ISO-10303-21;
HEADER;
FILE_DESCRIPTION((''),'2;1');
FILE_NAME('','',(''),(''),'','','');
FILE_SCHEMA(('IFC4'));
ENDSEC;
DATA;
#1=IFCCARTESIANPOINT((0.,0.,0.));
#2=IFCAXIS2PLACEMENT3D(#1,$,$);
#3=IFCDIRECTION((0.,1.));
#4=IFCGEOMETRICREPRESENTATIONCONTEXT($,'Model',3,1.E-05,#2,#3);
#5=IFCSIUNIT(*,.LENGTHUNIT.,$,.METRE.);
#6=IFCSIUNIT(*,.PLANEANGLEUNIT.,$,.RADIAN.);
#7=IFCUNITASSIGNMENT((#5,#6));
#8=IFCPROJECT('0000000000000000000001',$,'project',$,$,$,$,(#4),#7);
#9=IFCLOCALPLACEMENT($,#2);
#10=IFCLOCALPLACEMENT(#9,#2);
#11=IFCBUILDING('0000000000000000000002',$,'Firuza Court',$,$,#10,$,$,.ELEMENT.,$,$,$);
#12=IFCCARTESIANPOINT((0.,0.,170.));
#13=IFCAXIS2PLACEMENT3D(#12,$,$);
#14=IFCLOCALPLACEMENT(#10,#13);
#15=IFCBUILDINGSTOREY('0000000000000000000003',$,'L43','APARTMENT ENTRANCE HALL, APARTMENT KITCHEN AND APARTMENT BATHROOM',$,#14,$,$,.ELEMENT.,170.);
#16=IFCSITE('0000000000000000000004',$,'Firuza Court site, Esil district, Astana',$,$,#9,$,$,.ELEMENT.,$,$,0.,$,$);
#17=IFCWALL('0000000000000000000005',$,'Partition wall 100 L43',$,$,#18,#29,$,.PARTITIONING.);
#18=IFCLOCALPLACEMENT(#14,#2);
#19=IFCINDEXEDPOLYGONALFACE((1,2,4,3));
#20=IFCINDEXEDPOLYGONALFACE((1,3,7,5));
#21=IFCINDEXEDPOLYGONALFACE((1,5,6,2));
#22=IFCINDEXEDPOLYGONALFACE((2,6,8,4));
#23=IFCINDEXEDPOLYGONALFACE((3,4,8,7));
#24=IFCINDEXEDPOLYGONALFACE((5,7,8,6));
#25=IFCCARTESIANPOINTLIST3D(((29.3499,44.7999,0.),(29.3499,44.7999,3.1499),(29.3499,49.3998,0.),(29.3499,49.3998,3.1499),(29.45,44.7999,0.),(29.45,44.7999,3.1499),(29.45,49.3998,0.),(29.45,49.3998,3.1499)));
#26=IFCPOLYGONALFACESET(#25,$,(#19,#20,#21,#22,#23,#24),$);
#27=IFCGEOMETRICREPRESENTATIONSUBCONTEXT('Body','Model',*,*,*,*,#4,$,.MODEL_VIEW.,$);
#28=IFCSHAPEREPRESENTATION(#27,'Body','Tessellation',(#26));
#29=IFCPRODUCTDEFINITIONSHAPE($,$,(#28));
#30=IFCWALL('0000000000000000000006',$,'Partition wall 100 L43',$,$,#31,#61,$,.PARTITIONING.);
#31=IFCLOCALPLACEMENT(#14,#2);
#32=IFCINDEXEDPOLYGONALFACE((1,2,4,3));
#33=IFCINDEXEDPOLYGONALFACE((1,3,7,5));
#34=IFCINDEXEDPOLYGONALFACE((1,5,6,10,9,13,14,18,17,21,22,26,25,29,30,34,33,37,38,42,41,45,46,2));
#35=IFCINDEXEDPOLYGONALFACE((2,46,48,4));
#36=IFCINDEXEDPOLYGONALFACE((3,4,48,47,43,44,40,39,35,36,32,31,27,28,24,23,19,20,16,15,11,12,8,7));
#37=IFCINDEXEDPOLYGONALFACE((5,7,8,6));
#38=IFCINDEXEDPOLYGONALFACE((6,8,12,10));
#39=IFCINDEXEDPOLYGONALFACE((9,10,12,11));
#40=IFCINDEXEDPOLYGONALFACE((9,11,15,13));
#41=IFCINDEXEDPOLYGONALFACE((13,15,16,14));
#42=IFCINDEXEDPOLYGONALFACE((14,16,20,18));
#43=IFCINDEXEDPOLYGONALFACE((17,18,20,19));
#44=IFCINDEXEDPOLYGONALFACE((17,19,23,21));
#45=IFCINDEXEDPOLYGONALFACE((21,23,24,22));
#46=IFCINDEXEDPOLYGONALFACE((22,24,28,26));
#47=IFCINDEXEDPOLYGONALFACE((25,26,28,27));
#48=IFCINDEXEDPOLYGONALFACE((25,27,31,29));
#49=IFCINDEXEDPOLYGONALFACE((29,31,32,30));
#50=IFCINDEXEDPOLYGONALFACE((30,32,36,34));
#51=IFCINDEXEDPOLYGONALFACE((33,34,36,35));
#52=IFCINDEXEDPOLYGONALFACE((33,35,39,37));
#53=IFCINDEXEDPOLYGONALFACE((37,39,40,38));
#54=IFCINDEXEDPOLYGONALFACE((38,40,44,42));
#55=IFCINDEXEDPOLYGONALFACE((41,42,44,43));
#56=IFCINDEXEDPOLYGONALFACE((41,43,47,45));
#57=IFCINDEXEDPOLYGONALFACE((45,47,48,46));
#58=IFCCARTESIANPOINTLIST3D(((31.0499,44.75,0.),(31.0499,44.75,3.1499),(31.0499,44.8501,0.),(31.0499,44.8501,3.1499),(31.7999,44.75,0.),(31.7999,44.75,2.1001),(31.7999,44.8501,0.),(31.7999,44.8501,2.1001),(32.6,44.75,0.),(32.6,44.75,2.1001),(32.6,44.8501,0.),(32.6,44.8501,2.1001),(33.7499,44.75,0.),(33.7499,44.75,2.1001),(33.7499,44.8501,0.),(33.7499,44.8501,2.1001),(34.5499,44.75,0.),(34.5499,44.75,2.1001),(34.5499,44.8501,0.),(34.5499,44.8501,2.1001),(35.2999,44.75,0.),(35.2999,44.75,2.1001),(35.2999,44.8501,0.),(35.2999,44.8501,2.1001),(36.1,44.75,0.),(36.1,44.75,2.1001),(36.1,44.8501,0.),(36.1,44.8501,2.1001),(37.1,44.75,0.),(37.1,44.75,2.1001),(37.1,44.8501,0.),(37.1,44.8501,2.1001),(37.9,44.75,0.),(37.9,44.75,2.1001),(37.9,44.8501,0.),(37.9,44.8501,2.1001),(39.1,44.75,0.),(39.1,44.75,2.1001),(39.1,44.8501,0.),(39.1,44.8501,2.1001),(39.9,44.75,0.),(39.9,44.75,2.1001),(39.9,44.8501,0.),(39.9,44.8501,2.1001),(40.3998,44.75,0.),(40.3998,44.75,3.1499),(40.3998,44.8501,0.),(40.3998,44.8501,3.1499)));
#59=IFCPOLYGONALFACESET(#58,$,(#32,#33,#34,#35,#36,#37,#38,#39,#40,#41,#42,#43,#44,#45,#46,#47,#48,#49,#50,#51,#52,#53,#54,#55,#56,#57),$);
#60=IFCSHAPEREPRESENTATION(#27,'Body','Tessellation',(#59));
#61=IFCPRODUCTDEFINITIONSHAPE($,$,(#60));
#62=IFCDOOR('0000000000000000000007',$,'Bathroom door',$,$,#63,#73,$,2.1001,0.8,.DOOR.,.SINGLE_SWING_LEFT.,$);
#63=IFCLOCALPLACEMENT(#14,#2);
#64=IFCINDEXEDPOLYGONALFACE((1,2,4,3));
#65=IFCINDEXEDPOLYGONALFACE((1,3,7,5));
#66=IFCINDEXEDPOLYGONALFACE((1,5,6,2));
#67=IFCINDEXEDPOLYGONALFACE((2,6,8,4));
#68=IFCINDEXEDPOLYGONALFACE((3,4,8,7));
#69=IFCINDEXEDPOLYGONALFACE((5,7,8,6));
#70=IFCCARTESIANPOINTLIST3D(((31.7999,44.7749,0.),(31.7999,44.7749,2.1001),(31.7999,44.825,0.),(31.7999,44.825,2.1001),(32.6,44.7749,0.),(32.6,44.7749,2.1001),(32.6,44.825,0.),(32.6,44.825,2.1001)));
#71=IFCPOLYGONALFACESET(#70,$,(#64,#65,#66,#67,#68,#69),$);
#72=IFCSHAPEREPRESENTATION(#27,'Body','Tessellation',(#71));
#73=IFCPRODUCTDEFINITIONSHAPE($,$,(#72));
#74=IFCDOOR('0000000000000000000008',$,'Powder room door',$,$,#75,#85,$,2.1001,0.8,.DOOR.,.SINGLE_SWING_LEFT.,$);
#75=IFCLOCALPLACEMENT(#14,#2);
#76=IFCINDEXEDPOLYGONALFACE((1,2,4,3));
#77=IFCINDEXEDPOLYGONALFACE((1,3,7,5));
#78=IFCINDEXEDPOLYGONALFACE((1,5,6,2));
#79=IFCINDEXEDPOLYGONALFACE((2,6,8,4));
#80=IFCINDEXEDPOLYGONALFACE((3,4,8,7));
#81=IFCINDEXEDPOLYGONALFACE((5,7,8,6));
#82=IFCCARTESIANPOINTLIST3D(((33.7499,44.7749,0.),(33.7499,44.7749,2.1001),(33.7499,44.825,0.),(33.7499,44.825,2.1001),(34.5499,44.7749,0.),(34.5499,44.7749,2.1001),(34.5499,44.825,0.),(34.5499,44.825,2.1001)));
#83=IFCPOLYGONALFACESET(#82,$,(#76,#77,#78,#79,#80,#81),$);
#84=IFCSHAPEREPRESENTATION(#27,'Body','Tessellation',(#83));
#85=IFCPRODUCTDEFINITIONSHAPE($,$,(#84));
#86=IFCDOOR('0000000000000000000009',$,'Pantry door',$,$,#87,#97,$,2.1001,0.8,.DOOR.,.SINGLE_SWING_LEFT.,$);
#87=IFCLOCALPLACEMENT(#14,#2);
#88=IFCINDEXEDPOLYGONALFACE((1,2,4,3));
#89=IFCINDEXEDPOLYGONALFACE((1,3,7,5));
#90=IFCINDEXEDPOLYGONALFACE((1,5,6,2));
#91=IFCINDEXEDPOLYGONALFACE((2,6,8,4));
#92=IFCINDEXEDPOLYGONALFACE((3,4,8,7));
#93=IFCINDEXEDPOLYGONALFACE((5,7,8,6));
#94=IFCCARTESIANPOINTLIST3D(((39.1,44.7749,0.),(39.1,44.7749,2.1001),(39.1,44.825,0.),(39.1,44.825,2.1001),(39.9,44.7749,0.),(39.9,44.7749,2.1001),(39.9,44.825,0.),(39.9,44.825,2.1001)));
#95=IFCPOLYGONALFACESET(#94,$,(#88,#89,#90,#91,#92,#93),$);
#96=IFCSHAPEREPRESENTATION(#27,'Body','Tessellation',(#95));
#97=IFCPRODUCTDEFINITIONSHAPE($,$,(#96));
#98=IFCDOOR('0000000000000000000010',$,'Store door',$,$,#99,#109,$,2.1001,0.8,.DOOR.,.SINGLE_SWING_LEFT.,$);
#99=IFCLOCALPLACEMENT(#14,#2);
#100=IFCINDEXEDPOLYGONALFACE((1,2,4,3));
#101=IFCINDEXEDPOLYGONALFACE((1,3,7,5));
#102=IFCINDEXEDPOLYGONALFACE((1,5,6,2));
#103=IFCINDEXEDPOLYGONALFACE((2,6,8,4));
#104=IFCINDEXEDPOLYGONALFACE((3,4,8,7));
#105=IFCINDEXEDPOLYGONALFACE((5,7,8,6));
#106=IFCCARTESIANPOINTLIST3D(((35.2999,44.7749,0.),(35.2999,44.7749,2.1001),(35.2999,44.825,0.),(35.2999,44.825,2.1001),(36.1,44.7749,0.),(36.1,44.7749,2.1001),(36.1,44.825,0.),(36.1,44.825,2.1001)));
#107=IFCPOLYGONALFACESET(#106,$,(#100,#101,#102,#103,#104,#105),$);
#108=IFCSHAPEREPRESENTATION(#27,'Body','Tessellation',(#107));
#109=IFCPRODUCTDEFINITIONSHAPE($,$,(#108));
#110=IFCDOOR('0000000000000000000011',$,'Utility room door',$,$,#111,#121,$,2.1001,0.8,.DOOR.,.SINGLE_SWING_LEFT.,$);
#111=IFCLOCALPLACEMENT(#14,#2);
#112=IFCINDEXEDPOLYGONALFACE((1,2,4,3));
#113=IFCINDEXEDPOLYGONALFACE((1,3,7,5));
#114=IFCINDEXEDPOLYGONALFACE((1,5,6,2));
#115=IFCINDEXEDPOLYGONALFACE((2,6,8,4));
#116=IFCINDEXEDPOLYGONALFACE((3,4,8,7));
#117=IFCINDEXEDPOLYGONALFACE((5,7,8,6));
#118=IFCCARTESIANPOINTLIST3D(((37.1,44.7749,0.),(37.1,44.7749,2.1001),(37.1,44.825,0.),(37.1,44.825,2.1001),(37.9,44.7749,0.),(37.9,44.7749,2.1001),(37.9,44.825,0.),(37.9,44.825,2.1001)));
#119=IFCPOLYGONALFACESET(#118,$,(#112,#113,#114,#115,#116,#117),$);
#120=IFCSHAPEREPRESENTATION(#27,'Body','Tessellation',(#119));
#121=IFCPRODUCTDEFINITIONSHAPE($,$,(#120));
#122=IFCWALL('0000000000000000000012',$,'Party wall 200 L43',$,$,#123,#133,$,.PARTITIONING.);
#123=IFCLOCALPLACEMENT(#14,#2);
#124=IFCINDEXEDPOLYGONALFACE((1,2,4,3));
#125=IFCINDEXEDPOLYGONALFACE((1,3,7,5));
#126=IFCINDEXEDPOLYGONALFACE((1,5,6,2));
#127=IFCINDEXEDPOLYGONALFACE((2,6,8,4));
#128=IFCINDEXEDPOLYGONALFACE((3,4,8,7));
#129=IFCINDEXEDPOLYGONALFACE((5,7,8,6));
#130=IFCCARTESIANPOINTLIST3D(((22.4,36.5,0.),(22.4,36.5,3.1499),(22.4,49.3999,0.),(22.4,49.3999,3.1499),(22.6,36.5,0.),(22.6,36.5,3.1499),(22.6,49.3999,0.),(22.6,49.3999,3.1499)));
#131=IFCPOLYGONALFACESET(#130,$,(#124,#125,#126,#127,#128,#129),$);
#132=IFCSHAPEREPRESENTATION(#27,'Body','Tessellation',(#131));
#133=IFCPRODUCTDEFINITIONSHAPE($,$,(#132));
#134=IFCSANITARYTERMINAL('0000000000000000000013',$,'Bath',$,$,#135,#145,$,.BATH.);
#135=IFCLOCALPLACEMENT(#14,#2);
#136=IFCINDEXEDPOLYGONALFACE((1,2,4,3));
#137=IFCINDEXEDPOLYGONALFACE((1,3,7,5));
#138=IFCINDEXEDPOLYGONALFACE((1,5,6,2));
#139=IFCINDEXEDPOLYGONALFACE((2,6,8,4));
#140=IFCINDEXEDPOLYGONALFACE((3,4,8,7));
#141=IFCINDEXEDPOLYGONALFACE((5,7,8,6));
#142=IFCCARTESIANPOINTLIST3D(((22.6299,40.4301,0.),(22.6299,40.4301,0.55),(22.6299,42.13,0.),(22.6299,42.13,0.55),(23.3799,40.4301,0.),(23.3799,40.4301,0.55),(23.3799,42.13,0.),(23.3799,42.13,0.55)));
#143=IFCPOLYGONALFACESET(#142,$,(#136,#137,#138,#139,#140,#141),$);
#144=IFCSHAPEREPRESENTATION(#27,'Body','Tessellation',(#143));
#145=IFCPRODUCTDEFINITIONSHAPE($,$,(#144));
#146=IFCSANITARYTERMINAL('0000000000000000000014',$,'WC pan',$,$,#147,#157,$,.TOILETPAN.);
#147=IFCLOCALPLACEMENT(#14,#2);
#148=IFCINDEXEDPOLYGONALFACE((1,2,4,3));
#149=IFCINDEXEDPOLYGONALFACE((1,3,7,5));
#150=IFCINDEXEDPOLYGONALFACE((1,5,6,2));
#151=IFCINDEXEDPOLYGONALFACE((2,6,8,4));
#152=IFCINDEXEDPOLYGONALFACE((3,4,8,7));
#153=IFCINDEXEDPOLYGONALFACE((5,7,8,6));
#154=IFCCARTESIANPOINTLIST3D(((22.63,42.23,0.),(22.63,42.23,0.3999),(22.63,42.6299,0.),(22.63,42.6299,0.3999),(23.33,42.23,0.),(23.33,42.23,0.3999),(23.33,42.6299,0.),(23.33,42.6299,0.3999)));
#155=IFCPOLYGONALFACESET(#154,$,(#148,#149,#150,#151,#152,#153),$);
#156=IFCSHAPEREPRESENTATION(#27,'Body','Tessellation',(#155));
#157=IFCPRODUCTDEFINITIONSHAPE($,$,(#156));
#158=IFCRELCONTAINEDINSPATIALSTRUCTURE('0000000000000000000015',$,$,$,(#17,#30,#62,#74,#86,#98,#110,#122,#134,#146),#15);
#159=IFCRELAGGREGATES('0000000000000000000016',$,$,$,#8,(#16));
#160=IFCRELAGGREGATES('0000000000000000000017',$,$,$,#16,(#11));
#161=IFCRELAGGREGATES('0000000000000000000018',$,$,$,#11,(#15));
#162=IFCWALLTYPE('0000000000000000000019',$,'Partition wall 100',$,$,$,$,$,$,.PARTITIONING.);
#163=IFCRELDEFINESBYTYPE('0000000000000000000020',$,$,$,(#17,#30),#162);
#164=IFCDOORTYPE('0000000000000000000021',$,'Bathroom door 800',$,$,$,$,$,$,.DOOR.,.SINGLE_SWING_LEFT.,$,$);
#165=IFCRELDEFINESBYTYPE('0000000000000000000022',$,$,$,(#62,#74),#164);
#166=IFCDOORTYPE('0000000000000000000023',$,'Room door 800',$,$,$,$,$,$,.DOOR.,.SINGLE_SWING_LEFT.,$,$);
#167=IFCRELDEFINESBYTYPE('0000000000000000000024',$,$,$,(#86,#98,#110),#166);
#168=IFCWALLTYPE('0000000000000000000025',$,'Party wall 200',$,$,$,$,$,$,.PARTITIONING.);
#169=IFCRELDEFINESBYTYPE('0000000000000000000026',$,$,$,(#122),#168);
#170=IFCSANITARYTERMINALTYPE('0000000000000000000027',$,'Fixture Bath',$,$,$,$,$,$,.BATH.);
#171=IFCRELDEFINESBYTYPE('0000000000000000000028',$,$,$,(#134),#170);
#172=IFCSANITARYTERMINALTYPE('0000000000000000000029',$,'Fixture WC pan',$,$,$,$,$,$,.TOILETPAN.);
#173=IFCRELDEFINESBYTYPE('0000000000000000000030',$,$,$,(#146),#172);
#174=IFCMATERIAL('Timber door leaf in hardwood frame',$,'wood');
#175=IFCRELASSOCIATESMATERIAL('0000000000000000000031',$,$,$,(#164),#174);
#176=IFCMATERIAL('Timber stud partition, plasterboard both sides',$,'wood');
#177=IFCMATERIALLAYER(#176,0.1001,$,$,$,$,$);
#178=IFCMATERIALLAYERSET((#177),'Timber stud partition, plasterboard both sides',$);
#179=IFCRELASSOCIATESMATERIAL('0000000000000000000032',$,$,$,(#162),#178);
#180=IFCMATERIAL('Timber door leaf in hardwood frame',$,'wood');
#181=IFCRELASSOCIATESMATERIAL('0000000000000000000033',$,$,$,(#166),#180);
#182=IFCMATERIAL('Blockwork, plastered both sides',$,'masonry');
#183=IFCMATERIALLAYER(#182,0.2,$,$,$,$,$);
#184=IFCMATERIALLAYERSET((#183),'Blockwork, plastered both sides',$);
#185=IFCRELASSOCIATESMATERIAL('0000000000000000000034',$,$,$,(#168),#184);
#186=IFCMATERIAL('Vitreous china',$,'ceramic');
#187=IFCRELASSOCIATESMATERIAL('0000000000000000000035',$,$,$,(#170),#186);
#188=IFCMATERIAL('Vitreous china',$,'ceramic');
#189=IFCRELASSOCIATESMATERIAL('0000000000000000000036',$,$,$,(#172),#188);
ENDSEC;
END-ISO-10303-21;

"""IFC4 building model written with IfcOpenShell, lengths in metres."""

from ifc_helpers import new_model, si_unit, direction, frame, frame_2d, origin, origin_2d, place, context, subcontext, project, spatial, rectangle, extrude, material, layer, layer_set, type_object, element, fill, save


model = new_model("IFC4")

# Units and contexts
model_context = context("Model", 3, precision=1e-05, world=origin(), true_north=direction((0.0, 1.0)))
body_context = subcontext(model_context, "Body", "Model", "MODEL_VIEW")
ifc_project = project(units=[si_unit("LENGTHUNIT", "METRE"), si_unit("PLANEANGLEUNIT", "RADIAN")], contexts=[model_context])

# Site, building, storey
site_placement = place(None, origin())
site = spatial("IfcSite", under=ifc_project, at=site_placement, Name="Firuza Court site, Esil district, Astana", CompositionType="ELEMENT", RefElevation=0.0)
building_placement = place(site_placement, origin())
building = spatial("IfcBuilding", under=site, at=building_placement, Name="Firuza Court", CompositionType="ELEMENT")
storey_placement = place(building_placement, frame((0.0, 0.0, 170.0)))
storey = spatial("IfcBuildingStorey", under=building, at=storey_placement, Name="L43", Description="APARTMENT ENTRANCE HALL, APARTMENT KITCHEN AND APARTMENT BATHROOM", CompositionType="ELEMENT", Elevation=170.0)

# Shared definitions
ifc_material_1 = material(Name="Timber door leaf in hardwood frame", Category="wood")
door_type_1 = type_object("IfcDoorType", Name="Bathroom door 800", OperationType="SINGLE_SWING_LEFT", PredefinedType="DOOR", material=ifc_material_1)

# Shared definitions
ifc_material_2 = material(Name="Timber stud partition, plasterboard both sides", Category="wood")
ifc_layer_1 = layer(ifc_material_2, 0.1001)
ifc_layer_set_1 = layer_set([ifc_layer_1], Name="Timber stud partition, plasterboard both sides")
wall_type_1 = type_object("IfcWallType", Name="Partition wall 100", PredefinedType="PARTITIONING", material=ifc_layer_set_1)

# Wall
wall_1_placement = place(storey_placement, frame((29.3999, 44.8, 0.0), z_axis=(0.0, 0.0, 1.0), x_axis=(0.0, 1.0, 0.0)))
element("IfcWall", 1, at=wall_1_placement, inside=storey, type_object=wall_type_1, Name="Partition wall 100 L43", PredefinedType="PARTITIONING", context=body_context, shape_type="SweptSolid", body=[
    extrude(rectangle(XDim=4.5999, YDim=0.1001, at=frame_2d((2.2998, 0.0))), origin(), (0.0, 0.0, 1.0), 3.1499),
])

# Wall, openings, doors
wall_2_placement = place(storey_placement, frame((31.05, 44.8, 0.0), z_axis=(0.0, 0.0, 1.0), x_axis=(1.0, 0.0, 0.0)))
wall_2 = element("IfcWall", 2, at=wall_2_placement, inside=storey, type_object=wall_type_1, Name="Partition wall 100 L43", PredefinedType="PARTITIONING", context=body_context, shape_type="SweptSolid", body=[
    extrude(rectangle(XDim=9.3499, YDim=0.1001, at=frame_2d((4.6748, 0.0))), origin(), (0.0, 0.0, 1.0), 3.1499),
])
opening_1_placement = place(wall_2_placement, frame((0.75, 0.0, 0.0)))
opening_1 = element("IfcOpeningElement", 3, at=opening_1_placement, cuts=wall_2, PredefinedType="OPENING", context=body_context, shape_type="SweptSolid", body=[
    extrude(rectangle(XDim=0.8, YDim=2.1001, at=frame_2d((0.3999, 1.05))), frame((0.0, 0.062, 0.0), z_axis=(0.0, -1.0, 0.0), x_axis=(1.0, 0.0, 0.0)), (0.0, 0.0, 1.0), 0.124),
])
opening_2_placement = place(wall_2_placement, frame((8.05, 0.0, 0.0)))
opening_2 = element("IfcOpeningElement", 4, at=opening_2_placement, cuts=wall_2, PredefinedType="OPENING", context=body_context, shape_type="SweptSolid", body=[
    extrude(rectangle(XDim=0.8, YDim=2.1001, at=frame_2d((0.3999, 1.05))), frame((0.0, 0.062, 0.0), z_axis=(0.0, -1.0, 0.0), x_axis=(1.0, 0.0, 0.0)), (0.0, 0.0, 1.0), 0.124),
])
opening_3_placement = place(wall_2_placement, frame((4.25, 0.0, 0.0)))
opening_3 = element("IfcOpeningElement", 5, at=opening_3_placement, cuts=wall_2, PredefinedType="OPENING", context=body_context, shape_type="SweptSolid", body=[
    extrude(rectangle(XDim=0.8, YDim=2.1001, at=frame_2d((0.3999, 1.05))), frame((0.0, 0.062, 0.0), z_axis=(0.0, -1.0, 0.0), x_axis=(1.0, 0.0, 0.0)), (0.0, 0.0, 1.0), 0.124),
])
opening_4_placement = place(wall_2_placement, frame((6.05, 0.0, 0.0)))
opening_4 = element("IfcOpeningElement", 6, at=opening_4_placement, cuts=wall_2, PredefinedType="OPENING", context=body_context, shape_type="SweptSolid", body=[
    extrude(rectangle(XDim=0.8, YDim=2.1001, at=frame_2d((0.3999, 1.05))), frame((0.0, 0.062, 0.0), z_axis=(0.0, -1.0, 0.0), x_axis=(1.0, 0.0, 0.0)), (0.0, 0.0, 1.0), 0.124),
])
opening_5_placement = place(wall_2_placement, frame((2.7, 0.0, 0.0)))
opening_5 = element("IfcOpeningElement", 7, at=opening_5_placement, cuts=wall_2, PredefinedType="OPENING", context=body_context, shape_type="SweptSolid", body=[
    extrude(rectangle(XDim=0.8, YDim=2.1001, at=frame_2d((0.3999, 1.05))), frame((0.0, 0.062, 0.0), z_axis=(0.0, -1.0, 0.0), x_axis=(1.0, 0.0, 0.0)), (0.0, 0.0, 1.0), 0.124),
])
door_1_placement = place(opening_1_placement, origin())
door_1 = element("IfcDoor", 8, at=door_1_placement, inside=storey, type_object=door_type_1, Name="Bathroom door", OperationType="SINGLE_SWING_LEFT", OverallHeight=2.1001, OverallWidth=0.8, PredefinedType="DOOR", context=body_context, shape_type="SweptSolid", body=[
    extrude(rectangle(XDim=0.8, YDim=2.1001, at=frame_2d((0.3999, 1.05))), frame((0.0, 0.0249, 0.0), z_axis=(0.0, -1.0, 0.0), x_axis=(1.0, 0.0, 0.0)), (0.0, 0.0, 1.0), 0.05),
])
fill(opening_1, door_1)
door_2_placement = place(opening_5_placement, origin())
door_2 = element("IfcDoor", 9, at=door_2_placement, inside=storey, type_object=door_type_1, Name="Powder room door", OperationType="SINGLE_SWING_LEFT", OverallHeight=2.1001, OverallWidth=0.8, PredefinedType="DOOR", context=body_context, shape_type="SweptSolid", body=[
    extrude(rectangle(XDim=0.8, YDim=2.1001, at=frame_2d((0.3999, 1.05))), frame((0.0, 0.0249, 0.0), z_axis=(0.0, -1.0, 0.0), x_axis=(1.0, 0.0, 0.0)), (0.0, 0.0, 1.0), 0.05),
])
fill(opening_5, door_2)
ifc_material_3 = material(Name="Timber door leaf in hardwood frame", Category="wood")
door_type_2 = type_object("IfcDoorType", Name="Room door 800", OperationType="SINGLE_SWING_LEFT", PredefinedType="DOOR", material=ifc_material_3)
door_3_placement = place(opening_2_placement, origin())
door_3 = element("IfcDoor", 10, at=door_3_placement, inside=storey, type_object=door_type_2, Name="Pantry door", OperationType="SINGLE_SWING_LEFT", OverallHeight=2.1001, OverallWidth=0.8, PredefinedType="DOOR", context=body_context, shape_type="SweptSolid", body=[
    extrude(rectangle(XDim=0.8, YDim=2.1001, at=frame_2d((0.3999, 1.05))), frame((0.0, 0.0249, 0.0), z_axis=(0.0, -1.0, 0.0), x_axis=(1.0, 0.0, 0.0)), (0.0, 0.0, 1.0), 0.05),
])
fill(opening_2, door_3)
door_4_placement = place(opening_3_placement, origin())
door_4 = element("IfcDoor", 11, at=door_4_placement, inside=storey, type_object=door_type_2, Name="Store door", OperationType="SINGLE_SWING_LEFT", OverallHeight=2.1001, OverallWidth=0.8, PredefinedType="DOOR", context=body_context, shape_type="SweptSolid", body=[
    extrude(rectangle(XDim=0.8, YDim=2.1001, at=frame_2d((0.3999, 1.05))), frame((0.0, 0.0249, 0.0), z_axis=(0.0, -1.0, 0.0), x_axis=(1.0, 0.0, 0.0)), (0.0, 0.0, 1.0), 0.05),
])
fill(opening_3, door_4)
door_5_placement = place(opening_4_placement, origin())
door_5 = element("IfcDoor", 12, at=door_5_placement, inside=storey, type_object=door_type_2, Name="Utility room door", OperationType="SINGLE_SWING_LEFT", OverallHeight=2.1001, OverallWidth=0.8, PredefinedType="DOOR", context=body_context, shape_type="SweptSolid", body=[
    extrude(rectangle(XDim=0.8, YDim=2.1001, at=frame_2d((0.3999, 1.05))), frame((0.0, 0.0249, 0.0), z_axis=(0.0, -1.0, 0.0), x_axis=(1.0, 0.0, 0.0)), (0.0, 0.0, 1.0), 0.05),
])
fill(opening_4, door_5)

# Wall
ifc_material_4 = material(Name="Blockwork, plastered both sides", Category="masonry")
ifc_layer_2 = layer(ifc_material_4, 0.2)
ifc_layer_set_2 = layer_set([ifc_layer_2], Name="Blockwork, plastered both sides")
wall_type_2 = type_object("IfcWallType", Name="Party wall 200", PredefinedType="PARTITIONING", material=ifc_layer_set_2)
wall_3_placement = place(storey_placement, frame((22.5, 36.5, 0.0), z_axis=(0.0, 0.0, 1.0), x_axis=(0.0, 1.0, 0.0)))
element("IfcWall", 13, at=wall_3_placement, inside=storey, type_object=wall_type_2, Name="Party wall 200 L43", PredefinedType="PARTITIONING", context=body_context, shape_type="SweptSolid", body=[
    extrude(rectangle(XDim=12.8999, YDim=0.2, at=frame_2d((6.45, 0.0))), origin(), (0.0, 0.0, 1.0), 3.1499),
])

# Sanitary terminals
ifc_material_5 = material(Name="Vitreous china", Category="ceramic")
sanitary_terminal_type_1 = type_object("IfcSanitaryTerminalType", Name="Fixture Bath", PredefinedType="BATH", material=ifc_material_5)
sanitary_terminal_1_placement = place(storey_placement, frame((23.0049, 41.28, 0.0), z_axis=(0.0, 0.0, 1.0), x_axis=(1.0, 0.0, 0.0)))
element("IfcSanitaryTerminal", 14, at=sanitary_terminal_1_placement, inside=storey, type_object=sanitary_terminal_type_1, Name="Bath", PredefinedType="BATH", context=body_context, shape_type="SweptSolid", body=[
    extrude(rectangle(XDim=0.75, YDim=1.7, at=origin_2d()), origin(), (0.0, 0.0, 1.0), 0.55),
])
ifc_material_6 = material(Name="Vitreous china", Category="ceramic")
sanitary_terminal_type_2 = type_object("IfcSanitaryTerminalType", Name="Fixture WC pan", PredefinedType="TOILETPAN", material=ifc_material_6)
sanitary_terminal_2_placement = place(storey_placement, frame((22.98, 42.4299, 0.0), z_axis=(0.0, 0.0, 1.0), x_axis=(1.0, 0.0, 0.0)))
element("IfcSanitaryTerminal", 15, at=sanitary_terminal_2_placement, inside=storey, type_object=sanitary_terminal_type_2, Name="WC pan", PredefinedType="TOILETPAN", context=body_context, shape_type="SweptSolid", body=[
    extrude(rectangle(XDim=0.7, YDim=0.3999, at=origin_2d()), origin(), (0.0, 0.0, 1.0), 0.3999),
])

save(model, "model.ifc")
